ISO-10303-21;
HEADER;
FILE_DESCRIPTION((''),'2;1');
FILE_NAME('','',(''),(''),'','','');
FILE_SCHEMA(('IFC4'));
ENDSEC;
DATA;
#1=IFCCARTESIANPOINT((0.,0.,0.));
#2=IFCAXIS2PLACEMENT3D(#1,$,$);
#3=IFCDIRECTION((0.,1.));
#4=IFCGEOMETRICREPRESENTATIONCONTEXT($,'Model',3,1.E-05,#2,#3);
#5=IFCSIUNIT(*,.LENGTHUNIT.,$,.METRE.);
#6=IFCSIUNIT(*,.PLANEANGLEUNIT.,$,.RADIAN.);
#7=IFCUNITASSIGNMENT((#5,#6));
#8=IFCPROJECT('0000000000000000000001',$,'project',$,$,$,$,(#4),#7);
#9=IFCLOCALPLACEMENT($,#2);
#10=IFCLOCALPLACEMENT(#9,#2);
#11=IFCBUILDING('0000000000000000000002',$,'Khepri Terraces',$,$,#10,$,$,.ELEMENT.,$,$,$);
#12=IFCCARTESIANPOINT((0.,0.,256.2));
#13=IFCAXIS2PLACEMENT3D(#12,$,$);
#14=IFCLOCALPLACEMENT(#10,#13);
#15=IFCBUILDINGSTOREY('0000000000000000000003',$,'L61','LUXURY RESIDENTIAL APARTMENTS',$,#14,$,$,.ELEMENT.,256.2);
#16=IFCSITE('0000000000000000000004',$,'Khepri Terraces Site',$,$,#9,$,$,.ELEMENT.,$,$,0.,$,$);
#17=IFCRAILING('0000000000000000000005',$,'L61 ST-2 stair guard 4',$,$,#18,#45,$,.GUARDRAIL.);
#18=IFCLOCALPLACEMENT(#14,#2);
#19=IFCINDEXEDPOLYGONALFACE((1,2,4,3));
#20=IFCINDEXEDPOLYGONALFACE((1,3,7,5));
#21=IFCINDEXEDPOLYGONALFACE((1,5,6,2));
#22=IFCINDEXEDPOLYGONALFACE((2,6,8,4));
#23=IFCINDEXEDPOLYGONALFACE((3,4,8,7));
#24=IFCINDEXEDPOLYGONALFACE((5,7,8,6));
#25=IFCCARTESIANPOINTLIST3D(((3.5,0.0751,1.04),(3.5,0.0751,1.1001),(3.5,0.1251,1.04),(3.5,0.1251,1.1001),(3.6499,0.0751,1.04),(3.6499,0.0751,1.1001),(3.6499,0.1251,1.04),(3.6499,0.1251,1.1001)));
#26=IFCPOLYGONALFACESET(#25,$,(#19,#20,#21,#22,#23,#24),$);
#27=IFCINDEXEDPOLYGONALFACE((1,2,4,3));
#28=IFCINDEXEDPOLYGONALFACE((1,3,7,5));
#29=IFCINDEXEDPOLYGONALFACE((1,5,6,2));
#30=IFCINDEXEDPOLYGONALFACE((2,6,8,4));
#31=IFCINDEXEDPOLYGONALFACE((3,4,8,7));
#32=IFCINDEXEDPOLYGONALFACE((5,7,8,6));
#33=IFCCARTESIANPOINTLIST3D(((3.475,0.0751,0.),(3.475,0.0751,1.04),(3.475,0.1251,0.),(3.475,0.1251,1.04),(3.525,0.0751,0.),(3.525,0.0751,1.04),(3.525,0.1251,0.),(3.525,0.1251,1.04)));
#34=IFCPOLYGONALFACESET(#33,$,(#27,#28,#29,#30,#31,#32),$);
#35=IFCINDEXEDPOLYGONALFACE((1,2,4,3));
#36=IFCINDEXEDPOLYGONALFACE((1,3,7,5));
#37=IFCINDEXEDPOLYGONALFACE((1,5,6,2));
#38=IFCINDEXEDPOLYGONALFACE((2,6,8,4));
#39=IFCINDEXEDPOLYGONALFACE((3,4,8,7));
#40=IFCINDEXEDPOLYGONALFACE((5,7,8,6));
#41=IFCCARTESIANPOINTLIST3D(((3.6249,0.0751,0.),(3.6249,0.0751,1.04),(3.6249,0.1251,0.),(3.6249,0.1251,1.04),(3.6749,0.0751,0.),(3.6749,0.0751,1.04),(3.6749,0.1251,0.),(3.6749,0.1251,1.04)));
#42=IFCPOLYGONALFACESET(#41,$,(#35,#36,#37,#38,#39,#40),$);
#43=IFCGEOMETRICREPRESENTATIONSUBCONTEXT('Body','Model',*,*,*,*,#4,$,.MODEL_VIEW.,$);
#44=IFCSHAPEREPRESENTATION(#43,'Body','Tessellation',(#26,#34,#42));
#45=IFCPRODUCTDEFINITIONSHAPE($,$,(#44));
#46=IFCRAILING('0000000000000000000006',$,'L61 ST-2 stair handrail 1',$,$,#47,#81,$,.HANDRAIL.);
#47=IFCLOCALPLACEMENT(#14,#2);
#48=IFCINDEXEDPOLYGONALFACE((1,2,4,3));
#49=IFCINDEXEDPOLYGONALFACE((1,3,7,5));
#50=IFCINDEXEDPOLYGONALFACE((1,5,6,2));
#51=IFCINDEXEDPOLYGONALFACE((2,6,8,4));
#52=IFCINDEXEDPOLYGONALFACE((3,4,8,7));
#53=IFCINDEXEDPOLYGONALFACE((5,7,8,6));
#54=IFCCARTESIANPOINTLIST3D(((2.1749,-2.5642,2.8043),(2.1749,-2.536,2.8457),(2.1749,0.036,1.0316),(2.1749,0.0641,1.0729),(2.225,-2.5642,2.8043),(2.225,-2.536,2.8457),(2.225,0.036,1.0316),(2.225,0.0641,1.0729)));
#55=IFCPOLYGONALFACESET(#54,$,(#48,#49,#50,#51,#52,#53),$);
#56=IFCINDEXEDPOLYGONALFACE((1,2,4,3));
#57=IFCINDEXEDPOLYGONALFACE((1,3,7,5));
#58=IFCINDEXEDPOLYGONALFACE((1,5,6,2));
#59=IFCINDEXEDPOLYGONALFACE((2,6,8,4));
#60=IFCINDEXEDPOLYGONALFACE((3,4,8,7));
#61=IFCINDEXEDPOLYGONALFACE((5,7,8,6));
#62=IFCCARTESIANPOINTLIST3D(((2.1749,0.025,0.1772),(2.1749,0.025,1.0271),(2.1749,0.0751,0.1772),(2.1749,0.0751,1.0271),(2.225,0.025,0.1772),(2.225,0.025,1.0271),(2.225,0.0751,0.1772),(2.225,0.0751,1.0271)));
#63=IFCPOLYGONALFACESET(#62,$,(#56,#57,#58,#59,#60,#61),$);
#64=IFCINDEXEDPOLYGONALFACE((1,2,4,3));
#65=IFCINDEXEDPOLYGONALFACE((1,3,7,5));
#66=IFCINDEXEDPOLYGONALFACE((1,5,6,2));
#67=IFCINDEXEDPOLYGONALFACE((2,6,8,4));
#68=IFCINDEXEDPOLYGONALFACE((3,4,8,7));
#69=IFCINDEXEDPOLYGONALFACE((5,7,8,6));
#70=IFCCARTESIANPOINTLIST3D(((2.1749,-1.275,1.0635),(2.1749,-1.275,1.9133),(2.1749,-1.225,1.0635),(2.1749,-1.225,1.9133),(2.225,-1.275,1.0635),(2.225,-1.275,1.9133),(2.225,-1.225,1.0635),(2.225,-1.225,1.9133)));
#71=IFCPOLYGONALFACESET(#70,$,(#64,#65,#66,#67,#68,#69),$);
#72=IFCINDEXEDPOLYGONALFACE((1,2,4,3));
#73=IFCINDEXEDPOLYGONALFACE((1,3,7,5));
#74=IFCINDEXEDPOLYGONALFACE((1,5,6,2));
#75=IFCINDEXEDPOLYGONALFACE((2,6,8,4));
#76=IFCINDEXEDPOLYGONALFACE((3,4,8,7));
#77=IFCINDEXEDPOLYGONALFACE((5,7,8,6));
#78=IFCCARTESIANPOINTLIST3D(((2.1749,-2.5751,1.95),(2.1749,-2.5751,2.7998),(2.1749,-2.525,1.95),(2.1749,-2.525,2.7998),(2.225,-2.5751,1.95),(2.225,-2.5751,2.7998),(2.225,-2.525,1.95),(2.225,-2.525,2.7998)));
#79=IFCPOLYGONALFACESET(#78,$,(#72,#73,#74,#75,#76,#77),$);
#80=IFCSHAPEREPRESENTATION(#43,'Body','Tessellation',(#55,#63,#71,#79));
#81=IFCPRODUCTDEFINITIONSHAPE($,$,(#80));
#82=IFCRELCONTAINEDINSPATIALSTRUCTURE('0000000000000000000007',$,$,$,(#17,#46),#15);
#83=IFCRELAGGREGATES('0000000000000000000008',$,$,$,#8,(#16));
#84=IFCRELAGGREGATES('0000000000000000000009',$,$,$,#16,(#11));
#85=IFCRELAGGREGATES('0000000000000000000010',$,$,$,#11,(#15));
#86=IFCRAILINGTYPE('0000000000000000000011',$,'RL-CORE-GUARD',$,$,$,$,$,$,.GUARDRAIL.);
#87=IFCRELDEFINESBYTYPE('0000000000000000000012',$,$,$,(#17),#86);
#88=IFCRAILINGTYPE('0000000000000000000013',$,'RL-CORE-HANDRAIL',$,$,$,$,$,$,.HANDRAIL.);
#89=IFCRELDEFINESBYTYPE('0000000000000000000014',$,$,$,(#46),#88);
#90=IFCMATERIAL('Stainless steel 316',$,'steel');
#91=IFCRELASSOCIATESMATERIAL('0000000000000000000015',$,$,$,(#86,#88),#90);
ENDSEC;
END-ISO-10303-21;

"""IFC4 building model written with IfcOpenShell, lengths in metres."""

from ifc_helpers import new_model, si_unit, direction, frame, origin, origin_2d, place, context, subcontext, project, spatial, rectangle, extrude, material, type_object, element, save


model = new_model("IFC4")

# Units and contexts
model_context = context("Model", 3, precision=1e-05, world=origin(), true_north=direction((0.0, 1.0)))
body_context = subcontext(model_context, "Body", "Model", "MODEL_VIEW")
ifc_project = project(units=[si_unit("LENGTHUNIT", "METRE"), si_unit("PLANEANGLEUNIT", "RADIAN")], contexts=[model_context])

# Site, building, storey
site_placement = place(None, origin())
site = spatial("IfcSite", under=ifc_project, at=site_placement, Name="Khepri Terraces Site", CompositionType="ELEMENT", RefElevation=0.0)
building_placement = place(site_placement, origin())
building = spatial("IfcBuilding", under=site, at=building_placement, Name="Khepri Terraces", CompositionType="ELEMENT")
storey_placement = place(building_placement, frame((0.0, 0.0, 256.2)))
storey = spatial("IfcBuildingStorey", under=building, at=storey_placement, Name="L61", Description="LUXURY RESIDENTIAL APARTMENTS", CompositionType="ELEMENT", Elevation=256.2)

# Railings
ifc_material_1 = material(Name="Stainless steel 316", Category="steel")
railing_type_1 = type_object("IfcRailingType", Name="RL-CORE-GUARD", PredefinedType="GUARDRAIL", material=ifc_material_1)
railing_1_placement = place(storey_placement, frame((3.5, 0.1001, 0.0)))
element("IfcRailing", 1, at=railing_1_placement, inside=storey, type_object=railing_type_1, Name="L61 ST-2 stair guard 4", PredefinedType="GUARDRAIL", context=body_context, shape_type="SweptSolid", body=[
    extrude(rectangle(XDim=0.05, YDim=0.0601, at=origin_2d()), frame((0.0, 0.0, 1.0701), z_axis=(1.0, 0.0, 0.0), x_axis=(0.0, 1.0, 0.0)), (0.0, 0.0, 1.0), 0.1499),
    extrude(rectangle(XDim=0.05, YDim=0.05, at=origin_2d()), origin(), (0.0, 0.0, 1.0), 1.04),
    extrude(rectangle(XDim=0.05, YDim=0.05, at=origin_2d()), frame((0.1499, 0.0, 0.0)), (0.0, 0.0, 1.0), 1.04),
])
railing_type_2 = type_object("IfcRailingType", Name="RL-CORE-HANDRAIL", PredefinedType="HANDRAIL", material=ifc_material_1)
railing_2_placement = place(storey_placement, frame((2.2, 0.05, 0.1772)))
element("IfcRailing", 2, at=railing_2_placement, inside=storey, type_object=railing_type_2, Name="L61 ST-2 stair handrail 1", PredefinedType="HANDRAIL", context=body_context, shape_type="SweptSolid", body=[
    extrude(rectangle(XDim=0.05, YDim=0.05, at=origin_2d()), frame((0.0, 0.0, 0.875), z_axis=(0.0, -0.82624, 0.563318), x_axis=(1.0, 0.0, 0.0)), (0.0, 0.0, 1.0), 3.147),
    extrude(rectangle(XDim=0.05, YDim=0.05, at=origin_2d()), origin(), (0.0, 0.0, 1.0), 0.8499),
    extrude(rectangle(XDim=0.05, YDim=0.05, at=origin_2d()), frame((0.0, -1.3, 0.8862)), (0.0, 0.0, 1.0), 0.8499),
    extrude(rectangle(XDim=0.05, YDim=0.05, at=origin_2d()), frame((0.0, -2.6001, 1.7727)), (0.0, 0.0, 1.0), 0.8499),
])

save(model, "model.ifc")
